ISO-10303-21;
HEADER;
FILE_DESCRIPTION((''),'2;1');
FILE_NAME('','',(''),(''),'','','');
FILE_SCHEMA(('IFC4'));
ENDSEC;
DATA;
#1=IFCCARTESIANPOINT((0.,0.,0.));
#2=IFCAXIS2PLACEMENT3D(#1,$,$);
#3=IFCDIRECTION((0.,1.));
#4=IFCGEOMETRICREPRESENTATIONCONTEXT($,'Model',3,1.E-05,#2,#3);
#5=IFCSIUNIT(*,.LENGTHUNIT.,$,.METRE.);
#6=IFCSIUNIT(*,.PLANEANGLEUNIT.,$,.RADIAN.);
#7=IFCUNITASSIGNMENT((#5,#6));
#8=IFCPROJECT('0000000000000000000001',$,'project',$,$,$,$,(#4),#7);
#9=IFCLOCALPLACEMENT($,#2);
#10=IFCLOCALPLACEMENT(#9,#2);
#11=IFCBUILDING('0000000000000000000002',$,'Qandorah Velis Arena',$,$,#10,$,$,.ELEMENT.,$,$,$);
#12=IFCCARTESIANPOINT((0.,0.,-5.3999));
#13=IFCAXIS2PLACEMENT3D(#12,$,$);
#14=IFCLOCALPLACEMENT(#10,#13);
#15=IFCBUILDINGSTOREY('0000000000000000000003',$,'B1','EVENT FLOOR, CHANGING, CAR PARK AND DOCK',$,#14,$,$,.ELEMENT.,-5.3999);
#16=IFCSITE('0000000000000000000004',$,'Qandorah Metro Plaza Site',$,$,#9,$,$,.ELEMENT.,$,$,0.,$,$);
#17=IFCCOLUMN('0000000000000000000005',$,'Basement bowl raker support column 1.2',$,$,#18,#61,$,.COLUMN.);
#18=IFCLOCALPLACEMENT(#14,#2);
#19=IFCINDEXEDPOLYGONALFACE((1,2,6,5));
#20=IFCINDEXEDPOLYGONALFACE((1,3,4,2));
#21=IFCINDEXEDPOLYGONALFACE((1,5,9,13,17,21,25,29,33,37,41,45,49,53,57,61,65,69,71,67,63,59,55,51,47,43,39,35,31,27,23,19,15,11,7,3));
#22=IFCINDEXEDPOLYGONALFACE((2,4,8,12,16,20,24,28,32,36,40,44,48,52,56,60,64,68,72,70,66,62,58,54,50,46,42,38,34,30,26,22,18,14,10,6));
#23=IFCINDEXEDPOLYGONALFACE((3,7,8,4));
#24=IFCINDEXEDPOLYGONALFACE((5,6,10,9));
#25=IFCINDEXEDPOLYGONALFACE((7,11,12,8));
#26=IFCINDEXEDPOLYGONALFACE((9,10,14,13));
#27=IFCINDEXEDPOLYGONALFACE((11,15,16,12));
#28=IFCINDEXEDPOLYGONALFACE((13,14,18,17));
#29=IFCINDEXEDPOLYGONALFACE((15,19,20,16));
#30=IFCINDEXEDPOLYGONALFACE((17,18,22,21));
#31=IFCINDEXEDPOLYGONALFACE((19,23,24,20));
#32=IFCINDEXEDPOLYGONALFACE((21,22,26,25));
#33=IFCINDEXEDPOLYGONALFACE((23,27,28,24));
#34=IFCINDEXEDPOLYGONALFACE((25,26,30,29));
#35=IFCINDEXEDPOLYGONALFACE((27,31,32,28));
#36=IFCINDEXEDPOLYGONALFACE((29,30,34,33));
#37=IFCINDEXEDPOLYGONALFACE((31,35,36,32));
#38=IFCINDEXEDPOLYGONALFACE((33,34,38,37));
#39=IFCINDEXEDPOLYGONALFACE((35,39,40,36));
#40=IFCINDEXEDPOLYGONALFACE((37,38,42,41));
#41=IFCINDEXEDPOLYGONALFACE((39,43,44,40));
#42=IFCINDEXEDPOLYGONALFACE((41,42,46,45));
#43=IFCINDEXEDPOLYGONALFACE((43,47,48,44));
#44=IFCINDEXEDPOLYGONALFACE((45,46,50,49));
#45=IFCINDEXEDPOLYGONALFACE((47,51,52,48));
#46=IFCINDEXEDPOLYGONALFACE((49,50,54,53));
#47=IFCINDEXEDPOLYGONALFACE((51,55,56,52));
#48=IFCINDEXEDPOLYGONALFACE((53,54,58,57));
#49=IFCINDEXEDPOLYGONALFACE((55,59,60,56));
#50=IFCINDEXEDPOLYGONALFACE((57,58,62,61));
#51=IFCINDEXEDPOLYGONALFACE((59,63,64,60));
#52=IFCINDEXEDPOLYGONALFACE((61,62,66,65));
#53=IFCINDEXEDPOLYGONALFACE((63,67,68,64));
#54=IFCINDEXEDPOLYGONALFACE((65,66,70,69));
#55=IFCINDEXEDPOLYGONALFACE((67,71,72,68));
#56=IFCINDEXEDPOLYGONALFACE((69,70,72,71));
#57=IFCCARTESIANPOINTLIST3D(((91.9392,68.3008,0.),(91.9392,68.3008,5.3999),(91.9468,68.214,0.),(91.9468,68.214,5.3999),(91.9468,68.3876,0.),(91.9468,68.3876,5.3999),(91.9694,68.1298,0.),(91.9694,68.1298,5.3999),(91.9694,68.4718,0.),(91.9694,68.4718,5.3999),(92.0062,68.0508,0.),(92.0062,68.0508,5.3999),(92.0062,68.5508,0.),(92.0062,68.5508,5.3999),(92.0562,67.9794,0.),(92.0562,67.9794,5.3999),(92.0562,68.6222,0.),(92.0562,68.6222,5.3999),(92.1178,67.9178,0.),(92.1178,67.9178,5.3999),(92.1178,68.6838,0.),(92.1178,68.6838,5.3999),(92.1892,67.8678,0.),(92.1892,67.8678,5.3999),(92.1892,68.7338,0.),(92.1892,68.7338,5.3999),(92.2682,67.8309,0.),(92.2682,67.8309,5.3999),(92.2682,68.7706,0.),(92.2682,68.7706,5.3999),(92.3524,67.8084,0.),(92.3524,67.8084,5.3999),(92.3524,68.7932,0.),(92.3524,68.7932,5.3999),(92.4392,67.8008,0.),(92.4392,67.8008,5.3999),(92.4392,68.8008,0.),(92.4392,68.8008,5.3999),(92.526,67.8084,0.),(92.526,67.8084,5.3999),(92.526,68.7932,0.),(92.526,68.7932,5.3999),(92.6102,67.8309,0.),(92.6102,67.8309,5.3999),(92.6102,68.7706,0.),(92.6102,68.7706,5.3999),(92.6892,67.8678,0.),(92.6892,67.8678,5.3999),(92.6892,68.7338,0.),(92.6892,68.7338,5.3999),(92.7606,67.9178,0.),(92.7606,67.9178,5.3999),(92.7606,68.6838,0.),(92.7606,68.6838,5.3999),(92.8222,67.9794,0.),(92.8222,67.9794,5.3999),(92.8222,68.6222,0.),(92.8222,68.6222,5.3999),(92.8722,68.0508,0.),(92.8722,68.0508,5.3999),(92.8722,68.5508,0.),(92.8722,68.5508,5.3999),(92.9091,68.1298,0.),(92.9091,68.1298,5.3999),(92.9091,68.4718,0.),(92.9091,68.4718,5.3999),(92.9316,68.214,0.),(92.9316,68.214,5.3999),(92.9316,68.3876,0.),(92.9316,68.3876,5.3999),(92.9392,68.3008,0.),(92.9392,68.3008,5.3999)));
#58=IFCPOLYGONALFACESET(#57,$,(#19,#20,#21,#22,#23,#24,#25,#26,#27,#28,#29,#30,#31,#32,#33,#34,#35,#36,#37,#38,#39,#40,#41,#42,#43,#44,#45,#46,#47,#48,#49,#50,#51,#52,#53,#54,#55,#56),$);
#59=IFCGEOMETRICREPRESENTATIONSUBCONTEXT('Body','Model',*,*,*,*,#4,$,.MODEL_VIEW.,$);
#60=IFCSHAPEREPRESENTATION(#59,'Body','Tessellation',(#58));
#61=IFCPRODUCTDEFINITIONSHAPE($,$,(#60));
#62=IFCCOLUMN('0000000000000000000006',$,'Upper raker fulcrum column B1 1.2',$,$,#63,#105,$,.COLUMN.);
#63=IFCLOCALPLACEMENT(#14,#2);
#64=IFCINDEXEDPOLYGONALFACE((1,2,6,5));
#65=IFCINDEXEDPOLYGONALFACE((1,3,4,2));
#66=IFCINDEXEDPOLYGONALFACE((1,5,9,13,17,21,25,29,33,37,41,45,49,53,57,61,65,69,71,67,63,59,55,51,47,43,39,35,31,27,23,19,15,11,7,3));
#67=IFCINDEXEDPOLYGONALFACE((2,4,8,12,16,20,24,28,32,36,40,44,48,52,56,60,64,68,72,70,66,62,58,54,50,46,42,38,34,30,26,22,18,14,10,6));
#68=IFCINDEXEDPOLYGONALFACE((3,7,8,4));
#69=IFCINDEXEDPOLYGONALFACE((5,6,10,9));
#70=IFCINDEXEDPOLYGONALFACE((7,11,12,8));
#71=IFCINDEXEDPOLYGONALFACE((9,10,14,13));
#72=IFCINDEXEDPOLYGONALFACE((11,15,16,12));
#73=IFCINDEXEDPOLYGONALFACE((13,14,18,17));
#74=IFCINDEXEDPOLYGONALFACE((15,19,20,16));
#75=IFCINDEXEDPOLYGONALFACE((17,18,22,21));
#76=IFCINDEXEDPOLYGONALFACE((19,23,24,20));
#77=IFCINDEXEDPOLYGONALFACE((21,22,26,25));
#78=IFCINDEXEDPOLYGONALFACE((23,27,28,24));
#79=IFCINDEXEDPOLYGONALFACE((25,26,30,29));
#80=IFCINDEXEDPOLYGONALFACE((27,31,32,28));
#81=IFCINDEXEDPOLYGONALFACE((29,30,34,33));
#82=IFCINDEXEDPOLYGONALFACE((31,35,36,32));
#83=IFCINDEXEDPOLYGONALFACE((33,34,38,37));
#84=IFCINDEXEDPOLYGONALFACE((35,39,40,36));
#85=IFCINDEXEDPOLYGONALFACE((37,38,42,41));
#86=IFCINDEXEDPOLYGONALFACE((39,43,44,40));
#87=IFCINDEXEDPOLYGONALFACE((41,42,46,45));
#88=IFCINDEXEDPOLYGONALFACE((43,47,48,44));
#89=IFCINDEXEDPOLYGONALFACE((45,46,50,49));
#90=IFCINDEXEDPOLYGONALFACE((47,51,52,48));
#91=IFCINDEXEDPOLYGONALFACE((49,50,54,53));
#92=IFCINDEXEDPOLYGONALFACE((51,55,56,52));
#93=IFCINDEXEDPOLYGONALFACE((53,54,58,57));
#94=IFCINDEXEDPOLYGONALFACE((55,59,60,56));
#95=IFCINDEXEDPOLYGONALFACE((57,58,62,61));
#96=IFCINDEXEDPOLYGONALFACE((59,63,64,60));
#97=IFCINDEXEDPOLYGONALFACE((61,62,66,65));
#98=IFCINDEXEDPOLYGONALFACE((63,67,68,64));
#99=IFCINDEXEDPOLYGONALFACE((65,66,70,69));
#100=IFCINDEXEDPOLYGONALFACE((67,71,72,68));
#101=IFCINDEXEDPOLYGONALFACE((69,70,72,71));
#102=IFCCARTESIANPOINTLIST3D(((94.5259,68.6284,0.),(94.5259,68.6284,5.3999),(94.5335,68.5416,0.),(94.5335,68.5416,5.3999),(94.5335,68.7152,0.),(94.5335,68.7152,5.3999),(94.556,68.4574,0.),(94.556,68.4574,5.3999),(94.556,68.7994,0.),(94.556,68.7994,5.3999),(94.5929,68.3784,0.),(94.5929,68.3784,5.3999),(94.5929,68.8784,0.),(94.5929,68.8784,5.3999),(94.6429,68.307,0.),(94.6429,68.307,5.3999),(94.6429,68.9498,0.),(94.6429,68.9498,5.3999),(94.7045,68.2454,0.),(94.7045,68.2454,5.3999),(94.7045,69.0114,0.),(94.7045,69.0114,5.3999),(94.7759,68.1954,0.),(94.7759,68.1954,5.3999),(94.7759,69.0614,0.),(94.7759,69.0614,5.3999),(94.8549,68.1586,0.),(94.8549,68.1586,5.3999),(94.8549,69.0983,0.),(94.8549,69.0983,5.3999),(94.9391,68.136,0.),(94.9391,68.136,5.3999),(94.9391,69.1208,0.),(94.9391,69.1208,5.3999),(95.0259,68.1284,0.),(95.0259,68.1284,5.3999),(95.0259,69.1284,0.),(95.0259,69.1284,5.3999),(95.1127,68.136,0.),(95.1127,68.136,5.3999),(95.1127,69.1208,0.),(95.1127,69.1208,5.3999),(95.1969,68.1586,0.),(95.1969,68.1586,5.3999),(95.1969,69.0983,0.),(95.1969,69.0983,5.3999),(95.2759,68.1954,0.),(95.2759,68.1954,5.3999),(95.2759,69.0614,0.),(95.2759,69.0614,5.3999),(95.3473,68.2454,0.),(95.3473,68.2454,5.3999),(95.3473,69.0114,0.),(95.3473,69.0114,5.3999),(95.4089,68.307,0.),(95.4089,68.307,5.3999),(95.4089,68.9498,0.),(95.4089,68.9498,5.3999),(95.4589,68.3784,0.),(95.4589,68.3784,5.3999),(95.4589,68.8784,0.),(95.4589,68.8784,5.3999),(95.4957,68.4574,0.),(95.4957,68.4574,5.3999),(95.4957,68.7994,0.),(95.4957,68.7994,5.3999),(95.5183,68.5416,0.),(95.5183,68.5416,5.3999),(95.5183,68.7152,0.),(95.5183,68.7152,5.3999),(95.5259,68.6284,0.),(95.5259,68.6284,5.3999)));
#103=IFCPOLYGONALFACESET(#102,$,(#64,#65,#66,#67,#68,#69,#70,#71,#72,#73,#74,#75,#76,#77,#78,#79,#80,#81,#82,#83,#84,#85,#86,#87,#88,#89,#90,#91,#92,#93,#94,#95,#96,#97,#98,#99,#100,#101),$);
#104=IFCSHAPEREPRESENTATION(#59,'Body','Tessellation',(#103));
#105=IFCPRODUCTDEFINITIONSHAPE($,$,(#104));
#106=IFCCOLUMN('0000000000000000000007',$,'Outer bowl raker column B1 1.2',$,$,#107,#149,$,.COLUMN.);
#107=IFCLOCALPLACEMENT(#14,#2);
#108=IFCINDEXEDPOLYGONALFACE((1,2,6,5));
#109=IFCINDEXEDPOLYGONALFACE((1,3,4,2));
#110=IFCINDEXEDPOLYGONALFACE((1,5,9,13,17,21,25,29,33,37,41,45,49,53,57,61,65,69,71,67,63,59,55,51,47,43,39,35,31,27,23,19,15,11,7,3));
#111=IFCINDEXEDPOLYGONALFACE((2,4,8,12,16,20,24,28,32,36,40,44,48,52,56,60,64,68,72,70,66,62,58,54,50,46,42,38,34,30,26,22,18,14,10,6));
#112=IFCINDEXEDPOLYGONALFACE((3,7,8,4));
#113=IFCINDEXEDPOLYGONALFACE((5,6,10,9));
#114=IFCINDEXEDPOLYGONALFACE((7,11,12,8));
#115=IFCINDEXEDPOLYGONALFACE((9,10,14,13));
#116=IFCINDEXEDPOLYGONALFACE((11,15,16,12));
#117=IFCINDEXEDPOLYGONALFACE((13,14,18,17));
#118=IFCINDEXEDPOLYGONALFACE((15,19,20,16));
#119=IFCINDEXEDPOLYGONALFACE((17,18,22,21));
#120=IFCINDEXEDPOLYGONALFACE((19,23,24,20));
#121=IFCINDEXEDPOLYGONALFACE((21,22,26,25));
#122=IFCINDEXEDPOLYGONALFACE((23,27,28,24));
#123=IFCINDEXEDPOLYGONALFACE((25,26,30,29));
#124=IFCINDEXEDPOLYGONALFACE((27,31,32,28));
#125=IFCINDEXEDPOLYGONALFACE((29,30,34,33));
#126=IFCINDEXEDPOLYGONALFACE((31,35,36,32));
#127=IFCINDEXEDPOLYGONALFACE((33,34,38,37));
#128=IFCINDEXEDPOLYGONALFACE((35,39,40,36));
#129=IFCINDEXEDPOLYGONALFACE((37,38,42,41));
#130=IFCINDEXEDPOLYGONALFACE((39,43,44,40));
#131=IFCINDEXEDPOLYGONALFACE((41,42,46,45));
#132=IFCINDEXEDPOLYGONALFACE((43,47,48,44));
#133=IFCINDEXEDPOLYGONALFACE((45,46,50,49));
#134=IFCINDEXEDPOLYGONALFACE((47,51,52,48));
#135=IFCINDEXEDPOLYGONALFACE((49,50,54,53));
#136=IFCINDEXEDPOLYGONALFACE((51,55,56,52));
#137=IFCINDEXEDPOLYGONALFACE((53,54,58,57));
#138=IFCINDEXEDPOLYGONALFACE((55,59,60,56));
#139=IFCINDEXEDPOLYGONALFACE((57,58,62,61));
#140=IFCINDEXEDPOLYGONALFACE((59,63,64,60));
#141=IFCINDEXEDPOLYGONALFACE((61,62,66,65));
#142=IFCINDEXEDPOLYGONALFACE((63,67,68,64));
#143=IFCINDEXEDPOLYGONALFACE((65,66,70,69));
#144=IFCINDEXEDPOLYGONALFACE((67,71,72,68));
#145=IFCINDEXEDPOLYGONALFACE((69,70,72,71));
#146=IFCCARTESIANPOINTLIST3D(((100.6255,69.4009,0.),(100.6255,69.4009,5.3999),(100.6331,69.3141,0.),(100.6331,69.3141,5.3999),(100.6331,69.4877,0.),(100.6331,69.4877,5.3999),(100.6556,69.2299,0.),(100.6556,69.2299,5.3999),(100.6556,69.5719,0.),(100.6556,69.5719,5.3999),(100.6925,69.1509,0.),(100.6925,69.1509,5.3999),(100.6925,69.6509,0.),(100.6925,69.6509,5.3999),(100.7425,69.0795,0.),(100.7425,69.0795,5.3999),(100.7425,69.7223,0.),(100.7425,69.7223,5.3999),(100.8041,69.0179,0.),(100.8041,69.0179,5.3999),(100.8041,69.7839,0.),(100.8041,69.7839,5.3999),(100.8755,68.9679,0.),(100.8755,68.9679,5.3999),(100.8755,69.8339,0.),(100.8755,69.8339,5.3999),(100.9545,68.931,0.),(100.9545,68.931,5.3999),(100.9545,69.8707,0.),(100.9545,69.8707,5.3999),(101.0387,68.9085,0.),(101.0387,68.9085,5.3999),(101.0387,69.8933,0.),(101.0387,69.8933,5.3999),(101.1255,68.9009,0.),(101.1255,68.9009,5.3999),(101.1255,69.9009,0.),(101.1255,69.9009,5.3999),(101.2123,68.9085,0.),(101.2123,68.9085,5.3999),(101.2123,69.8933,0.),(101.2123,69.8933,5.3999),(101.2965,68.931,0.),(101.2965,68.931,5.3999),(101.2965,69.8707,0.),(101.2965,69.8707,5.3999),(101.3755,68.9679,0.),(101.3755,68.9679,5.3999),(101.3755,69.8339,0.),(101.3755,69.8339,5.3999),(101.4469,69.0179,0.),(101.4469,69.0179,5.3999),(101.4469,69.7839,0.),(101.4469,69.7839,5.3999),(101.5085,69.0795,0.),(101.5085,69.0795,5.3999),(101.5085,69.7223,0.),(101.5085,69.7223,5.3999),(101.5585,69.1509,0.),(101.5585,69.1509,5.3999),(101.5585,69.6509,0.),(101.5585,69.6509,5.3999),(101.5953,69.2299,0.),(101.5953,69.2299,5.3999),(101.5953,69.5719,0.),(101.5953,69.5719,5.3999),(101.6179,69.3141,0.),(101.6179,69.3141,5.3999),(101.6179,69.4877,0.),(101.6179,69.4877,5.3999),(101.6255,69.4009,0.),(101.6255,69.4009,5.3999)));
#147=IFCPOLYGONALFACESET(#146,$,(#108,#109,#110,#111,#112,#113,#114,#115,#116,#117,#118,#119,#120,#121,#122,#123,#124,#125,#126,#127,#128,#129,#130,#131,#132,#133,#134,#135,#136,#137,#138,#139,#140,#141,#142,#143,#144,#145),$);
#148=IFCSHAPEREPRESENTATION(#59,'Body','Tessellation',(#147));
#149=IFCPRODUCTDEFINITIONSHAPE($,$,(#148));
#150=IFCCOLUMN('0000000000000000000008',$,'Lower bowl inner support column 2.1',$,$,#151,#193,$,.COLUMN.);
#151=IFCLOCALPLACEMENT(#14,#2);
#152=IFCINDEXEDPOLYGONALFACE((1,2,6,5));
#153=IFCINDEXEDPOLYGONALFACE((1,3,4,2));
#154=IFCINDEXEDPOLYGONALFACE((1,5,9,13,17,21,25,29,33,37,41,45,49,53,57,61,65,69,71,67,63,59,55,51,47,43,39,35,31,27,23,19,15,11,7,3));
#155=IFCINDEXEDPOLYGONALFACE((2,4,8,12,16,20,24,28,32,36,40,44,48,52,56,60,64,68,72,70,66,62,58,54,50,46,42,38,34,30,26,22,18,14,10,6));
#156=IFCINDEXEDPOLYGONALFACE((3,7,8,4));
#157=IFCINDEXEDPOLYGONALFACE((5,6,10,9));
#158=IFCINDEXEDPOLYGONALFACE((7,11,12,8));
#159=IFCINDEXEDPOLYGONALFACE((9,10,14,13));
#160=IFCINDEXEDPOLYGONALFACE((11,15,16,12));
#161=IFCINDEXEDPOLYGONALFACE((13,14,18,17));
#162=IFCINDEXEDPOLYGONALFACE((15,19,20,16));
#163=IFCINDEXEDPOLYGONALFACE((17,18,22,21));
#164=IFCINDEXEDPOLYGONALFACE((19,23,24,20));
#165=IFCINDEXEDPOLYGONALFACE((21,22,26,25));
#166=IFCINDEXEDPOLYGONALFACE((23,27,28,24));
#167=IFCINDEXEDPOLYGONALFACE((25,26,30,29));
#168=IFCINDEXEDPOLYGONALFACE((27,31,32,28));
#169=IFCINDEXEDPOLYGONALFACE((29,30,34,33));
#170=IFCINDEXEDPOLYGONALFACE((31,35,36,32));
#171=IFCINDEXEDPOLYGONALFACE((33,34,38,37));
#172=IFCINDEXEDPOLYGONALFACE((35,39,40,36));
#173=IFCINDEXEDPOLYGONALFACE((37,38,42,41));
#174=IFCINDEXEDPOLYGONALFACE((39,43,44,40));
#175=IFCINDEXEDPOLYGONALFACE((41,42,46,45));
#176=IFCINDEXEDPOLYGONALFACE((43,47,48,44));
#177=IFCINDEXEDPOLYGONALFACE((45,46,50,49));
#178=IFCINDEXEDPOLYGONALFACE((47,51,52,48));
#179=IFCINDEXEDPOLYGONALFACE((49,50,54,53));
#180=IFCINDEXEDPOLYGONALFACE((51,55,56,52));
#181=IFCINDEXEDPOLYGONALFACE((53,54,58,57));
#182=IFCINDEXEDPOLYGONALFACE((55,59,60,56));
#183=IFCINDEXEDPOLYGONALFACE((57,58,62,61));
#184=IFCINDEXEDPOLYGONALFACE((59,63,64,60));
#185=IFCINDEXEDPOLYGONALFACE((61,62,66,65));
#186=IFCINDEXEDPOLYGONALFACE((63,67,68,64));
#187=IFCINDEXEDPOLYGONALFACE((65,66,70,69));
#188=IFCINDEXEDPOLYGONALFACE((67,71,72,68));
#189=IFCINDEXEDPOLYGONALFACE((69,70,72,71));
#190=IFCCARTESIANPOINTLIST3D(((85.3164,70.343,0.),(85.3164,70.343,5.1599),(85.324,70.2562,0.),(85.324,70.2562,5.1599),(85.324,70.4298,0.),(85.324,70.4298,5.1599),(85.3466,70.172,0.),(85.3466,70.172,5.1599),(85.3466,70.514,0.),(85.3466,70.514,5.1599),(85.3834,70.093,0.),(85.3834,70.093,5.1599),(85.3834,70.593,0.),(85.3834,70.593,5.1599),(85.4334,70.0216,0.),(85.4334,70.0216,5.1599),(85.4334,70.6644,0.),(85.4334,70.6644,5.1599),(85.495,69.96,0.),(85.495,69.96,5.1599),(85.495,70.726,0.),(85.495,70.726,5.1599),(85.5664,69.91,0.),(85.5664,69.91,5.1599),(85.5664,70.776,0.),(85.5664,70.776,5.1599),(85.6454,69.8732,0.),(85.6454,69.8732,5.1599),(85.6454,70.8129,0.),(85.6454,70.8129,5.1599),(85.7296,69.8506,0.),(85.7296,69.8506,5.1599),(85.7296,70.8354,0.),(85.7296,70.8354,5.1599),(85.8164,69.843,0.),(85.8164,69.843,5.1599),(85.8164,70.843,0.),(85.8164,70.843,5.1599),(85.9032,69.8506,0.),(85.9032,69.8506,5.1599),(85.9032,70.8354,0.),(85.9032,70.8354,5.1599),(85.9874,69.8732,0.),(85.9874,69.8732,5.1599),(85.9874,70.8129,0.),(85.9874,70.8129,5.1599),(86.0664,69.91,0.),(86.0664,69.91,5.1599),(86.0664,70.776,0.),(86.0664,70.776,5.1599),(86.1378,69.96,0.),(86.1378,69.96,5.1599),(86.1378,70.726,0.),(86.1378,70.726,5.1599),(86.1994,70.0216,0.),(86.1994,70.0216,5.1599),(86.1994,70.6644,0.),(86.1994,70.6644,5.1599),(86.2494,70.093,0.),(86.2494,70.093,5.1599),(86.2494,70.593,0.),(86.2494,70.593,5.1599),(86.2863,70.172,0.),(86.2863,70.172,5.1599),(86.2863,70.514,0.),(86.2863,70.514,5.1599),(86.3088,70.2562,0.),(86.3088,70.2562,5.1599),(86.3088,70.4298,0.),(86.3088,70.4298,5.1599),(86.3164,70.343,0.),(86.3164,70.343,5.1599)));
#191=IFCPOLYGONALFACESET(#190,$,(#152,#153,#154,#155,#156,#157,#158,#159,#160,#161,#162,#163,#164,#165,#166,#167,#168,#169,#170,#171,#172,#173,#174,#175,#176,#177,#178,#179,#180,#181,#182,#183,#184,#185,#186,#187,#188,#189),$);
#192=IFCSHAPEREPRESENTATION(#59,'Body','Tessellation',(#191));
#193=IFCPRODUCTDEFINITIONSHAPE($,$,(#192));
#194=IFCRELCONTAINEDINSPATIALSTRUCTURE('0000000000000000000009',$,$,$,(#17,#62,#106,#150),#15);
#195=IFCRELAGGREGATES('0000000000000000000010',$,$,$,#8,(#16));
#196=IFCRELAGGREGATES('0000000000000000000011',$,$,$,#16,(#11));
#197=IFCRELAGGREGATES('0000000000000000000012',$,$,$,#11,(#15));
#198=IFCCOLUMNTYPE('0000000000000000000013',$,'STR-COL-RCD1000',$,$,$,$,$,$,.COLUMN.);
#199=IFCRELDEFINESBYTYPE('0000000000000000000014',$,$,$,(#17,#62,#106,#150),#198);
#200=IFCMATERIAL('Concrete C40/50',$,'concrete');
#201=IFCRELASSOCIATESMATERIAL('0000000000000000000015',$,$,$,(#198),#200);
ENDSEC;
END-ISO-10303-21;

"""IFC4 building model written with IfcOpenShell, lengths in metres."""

from ifc_helpers import new_model, si_unit, direction, frame, origin, origin_2d, place, context, subcontext, project, spatial, circle, extrude, material, material_profile, profile_set, type_object, element, save


model = new_model("IFC4")

# Units and contexts
model_context = context("Model", 3, precision=1e-05, world=origin(), true_north=direction((0.0, 1.0)))
body_context = subcontext(model_context, "Body", "Model", "MODEL_VIEW")
ifc_project = project(units=[si_unit("LENGTHUNIT", "METRE"), si_unit("PLANEANGLEUNIT", "RADIAN")], contexts=[model_context])

# Site, building, storey
site_placement = place(None, origin())
site = spatial("IfcSite", under=ifc_project, at=site_placement, Name="Qandorah Metro Plaza Site", CompositionType="ELEMENT", RefElevation=0.0)
building_placement = place(site_placement, origin())
building = spatial("IfcBuilding", under=site, at=building_placement, Name="Qandorah Velis Arena", CompositionType="ELEMENT")
storey_placement = place(building_placement, frame((0.0, 0.0, -5.3999)))
storey = spatial("IfcBuildingStorey", under=building, at=storey_placement, Name="B1", Description="EVENT FLOOR, CHANGING, CAR PARK AND DOCK", CompositionType="ELEMENT", Elevation=-5.3999)

# Shared definitions
ifc_material = material(Name="Concrete C40/50", Category="concrete")

# Columns
ifc_material_profile_1 = material_profile(ifc_material, circle(Radius=0.5, at=origin_2d()), Name="RC D1000")
ifc_profile_set_1 = profile_set([ifc_material_profile_1], Name="Concrete C40/50")
column_type_1 = type_object("IfcColumnType", Name="STR-COL-RCD1000", PredefinedType="COLUMN", material=ifc_profile_set_1)
for number, where, z_axis, x_axis, name in (
    (1, (92.4392, 68.3008, 0.0), (0.0, 0.0, 1.0), (1.0, 0.0, 0.0), "Basement bowl raker support column 1.2"),
    (2, (95.0259, 68.6284, 0.0), (0.0, 0.0, 1.0), (1.0, 0.0, 0.0), "Upper raker fulcrum column B1 1.2"),
    (3, (101.1255, 69.4009, 0.0), (0.0, 0.0, 1.0), (1.0, 0.0, 0.0), "Outer bowl raker column B1 1.2"),
):
    element("IfcColumn", number, at=place(storey_placement, frame(where, z_axis=z_axis, x_axis=x_axis)), inside=storey, type_object=column_type_1, Name=name, PredefinedType="COLUMN", context=body_context, shape_type="SweptSolid", body=[
        extrude(circle(Radius=0.5, at=origin_2d()), origin(), (0.0, 0.0, 1.0), 5.3999),
    ])
column_1_placement = place(storey_placement, frame((85.8164, 70.343, 0.0), z_axis=(0.0, 0.0, 1.0), x_axis=(1.0, 0.0, 0.0)))
element("IfcColumn", 4, at=column_1_placement, inside=storey, type_object=column_type_1, Name="Lower bowl inner support column 2.1", PredefinedType="COLUMN", context=body_context, shape_type="SweptSolid", body=[
    extrude(circle(Radius=0.5, at=origin_2d()), origin(), (0.0, 0.0, 1.0), 5.1599),
])

save(model, "model.ifc")
